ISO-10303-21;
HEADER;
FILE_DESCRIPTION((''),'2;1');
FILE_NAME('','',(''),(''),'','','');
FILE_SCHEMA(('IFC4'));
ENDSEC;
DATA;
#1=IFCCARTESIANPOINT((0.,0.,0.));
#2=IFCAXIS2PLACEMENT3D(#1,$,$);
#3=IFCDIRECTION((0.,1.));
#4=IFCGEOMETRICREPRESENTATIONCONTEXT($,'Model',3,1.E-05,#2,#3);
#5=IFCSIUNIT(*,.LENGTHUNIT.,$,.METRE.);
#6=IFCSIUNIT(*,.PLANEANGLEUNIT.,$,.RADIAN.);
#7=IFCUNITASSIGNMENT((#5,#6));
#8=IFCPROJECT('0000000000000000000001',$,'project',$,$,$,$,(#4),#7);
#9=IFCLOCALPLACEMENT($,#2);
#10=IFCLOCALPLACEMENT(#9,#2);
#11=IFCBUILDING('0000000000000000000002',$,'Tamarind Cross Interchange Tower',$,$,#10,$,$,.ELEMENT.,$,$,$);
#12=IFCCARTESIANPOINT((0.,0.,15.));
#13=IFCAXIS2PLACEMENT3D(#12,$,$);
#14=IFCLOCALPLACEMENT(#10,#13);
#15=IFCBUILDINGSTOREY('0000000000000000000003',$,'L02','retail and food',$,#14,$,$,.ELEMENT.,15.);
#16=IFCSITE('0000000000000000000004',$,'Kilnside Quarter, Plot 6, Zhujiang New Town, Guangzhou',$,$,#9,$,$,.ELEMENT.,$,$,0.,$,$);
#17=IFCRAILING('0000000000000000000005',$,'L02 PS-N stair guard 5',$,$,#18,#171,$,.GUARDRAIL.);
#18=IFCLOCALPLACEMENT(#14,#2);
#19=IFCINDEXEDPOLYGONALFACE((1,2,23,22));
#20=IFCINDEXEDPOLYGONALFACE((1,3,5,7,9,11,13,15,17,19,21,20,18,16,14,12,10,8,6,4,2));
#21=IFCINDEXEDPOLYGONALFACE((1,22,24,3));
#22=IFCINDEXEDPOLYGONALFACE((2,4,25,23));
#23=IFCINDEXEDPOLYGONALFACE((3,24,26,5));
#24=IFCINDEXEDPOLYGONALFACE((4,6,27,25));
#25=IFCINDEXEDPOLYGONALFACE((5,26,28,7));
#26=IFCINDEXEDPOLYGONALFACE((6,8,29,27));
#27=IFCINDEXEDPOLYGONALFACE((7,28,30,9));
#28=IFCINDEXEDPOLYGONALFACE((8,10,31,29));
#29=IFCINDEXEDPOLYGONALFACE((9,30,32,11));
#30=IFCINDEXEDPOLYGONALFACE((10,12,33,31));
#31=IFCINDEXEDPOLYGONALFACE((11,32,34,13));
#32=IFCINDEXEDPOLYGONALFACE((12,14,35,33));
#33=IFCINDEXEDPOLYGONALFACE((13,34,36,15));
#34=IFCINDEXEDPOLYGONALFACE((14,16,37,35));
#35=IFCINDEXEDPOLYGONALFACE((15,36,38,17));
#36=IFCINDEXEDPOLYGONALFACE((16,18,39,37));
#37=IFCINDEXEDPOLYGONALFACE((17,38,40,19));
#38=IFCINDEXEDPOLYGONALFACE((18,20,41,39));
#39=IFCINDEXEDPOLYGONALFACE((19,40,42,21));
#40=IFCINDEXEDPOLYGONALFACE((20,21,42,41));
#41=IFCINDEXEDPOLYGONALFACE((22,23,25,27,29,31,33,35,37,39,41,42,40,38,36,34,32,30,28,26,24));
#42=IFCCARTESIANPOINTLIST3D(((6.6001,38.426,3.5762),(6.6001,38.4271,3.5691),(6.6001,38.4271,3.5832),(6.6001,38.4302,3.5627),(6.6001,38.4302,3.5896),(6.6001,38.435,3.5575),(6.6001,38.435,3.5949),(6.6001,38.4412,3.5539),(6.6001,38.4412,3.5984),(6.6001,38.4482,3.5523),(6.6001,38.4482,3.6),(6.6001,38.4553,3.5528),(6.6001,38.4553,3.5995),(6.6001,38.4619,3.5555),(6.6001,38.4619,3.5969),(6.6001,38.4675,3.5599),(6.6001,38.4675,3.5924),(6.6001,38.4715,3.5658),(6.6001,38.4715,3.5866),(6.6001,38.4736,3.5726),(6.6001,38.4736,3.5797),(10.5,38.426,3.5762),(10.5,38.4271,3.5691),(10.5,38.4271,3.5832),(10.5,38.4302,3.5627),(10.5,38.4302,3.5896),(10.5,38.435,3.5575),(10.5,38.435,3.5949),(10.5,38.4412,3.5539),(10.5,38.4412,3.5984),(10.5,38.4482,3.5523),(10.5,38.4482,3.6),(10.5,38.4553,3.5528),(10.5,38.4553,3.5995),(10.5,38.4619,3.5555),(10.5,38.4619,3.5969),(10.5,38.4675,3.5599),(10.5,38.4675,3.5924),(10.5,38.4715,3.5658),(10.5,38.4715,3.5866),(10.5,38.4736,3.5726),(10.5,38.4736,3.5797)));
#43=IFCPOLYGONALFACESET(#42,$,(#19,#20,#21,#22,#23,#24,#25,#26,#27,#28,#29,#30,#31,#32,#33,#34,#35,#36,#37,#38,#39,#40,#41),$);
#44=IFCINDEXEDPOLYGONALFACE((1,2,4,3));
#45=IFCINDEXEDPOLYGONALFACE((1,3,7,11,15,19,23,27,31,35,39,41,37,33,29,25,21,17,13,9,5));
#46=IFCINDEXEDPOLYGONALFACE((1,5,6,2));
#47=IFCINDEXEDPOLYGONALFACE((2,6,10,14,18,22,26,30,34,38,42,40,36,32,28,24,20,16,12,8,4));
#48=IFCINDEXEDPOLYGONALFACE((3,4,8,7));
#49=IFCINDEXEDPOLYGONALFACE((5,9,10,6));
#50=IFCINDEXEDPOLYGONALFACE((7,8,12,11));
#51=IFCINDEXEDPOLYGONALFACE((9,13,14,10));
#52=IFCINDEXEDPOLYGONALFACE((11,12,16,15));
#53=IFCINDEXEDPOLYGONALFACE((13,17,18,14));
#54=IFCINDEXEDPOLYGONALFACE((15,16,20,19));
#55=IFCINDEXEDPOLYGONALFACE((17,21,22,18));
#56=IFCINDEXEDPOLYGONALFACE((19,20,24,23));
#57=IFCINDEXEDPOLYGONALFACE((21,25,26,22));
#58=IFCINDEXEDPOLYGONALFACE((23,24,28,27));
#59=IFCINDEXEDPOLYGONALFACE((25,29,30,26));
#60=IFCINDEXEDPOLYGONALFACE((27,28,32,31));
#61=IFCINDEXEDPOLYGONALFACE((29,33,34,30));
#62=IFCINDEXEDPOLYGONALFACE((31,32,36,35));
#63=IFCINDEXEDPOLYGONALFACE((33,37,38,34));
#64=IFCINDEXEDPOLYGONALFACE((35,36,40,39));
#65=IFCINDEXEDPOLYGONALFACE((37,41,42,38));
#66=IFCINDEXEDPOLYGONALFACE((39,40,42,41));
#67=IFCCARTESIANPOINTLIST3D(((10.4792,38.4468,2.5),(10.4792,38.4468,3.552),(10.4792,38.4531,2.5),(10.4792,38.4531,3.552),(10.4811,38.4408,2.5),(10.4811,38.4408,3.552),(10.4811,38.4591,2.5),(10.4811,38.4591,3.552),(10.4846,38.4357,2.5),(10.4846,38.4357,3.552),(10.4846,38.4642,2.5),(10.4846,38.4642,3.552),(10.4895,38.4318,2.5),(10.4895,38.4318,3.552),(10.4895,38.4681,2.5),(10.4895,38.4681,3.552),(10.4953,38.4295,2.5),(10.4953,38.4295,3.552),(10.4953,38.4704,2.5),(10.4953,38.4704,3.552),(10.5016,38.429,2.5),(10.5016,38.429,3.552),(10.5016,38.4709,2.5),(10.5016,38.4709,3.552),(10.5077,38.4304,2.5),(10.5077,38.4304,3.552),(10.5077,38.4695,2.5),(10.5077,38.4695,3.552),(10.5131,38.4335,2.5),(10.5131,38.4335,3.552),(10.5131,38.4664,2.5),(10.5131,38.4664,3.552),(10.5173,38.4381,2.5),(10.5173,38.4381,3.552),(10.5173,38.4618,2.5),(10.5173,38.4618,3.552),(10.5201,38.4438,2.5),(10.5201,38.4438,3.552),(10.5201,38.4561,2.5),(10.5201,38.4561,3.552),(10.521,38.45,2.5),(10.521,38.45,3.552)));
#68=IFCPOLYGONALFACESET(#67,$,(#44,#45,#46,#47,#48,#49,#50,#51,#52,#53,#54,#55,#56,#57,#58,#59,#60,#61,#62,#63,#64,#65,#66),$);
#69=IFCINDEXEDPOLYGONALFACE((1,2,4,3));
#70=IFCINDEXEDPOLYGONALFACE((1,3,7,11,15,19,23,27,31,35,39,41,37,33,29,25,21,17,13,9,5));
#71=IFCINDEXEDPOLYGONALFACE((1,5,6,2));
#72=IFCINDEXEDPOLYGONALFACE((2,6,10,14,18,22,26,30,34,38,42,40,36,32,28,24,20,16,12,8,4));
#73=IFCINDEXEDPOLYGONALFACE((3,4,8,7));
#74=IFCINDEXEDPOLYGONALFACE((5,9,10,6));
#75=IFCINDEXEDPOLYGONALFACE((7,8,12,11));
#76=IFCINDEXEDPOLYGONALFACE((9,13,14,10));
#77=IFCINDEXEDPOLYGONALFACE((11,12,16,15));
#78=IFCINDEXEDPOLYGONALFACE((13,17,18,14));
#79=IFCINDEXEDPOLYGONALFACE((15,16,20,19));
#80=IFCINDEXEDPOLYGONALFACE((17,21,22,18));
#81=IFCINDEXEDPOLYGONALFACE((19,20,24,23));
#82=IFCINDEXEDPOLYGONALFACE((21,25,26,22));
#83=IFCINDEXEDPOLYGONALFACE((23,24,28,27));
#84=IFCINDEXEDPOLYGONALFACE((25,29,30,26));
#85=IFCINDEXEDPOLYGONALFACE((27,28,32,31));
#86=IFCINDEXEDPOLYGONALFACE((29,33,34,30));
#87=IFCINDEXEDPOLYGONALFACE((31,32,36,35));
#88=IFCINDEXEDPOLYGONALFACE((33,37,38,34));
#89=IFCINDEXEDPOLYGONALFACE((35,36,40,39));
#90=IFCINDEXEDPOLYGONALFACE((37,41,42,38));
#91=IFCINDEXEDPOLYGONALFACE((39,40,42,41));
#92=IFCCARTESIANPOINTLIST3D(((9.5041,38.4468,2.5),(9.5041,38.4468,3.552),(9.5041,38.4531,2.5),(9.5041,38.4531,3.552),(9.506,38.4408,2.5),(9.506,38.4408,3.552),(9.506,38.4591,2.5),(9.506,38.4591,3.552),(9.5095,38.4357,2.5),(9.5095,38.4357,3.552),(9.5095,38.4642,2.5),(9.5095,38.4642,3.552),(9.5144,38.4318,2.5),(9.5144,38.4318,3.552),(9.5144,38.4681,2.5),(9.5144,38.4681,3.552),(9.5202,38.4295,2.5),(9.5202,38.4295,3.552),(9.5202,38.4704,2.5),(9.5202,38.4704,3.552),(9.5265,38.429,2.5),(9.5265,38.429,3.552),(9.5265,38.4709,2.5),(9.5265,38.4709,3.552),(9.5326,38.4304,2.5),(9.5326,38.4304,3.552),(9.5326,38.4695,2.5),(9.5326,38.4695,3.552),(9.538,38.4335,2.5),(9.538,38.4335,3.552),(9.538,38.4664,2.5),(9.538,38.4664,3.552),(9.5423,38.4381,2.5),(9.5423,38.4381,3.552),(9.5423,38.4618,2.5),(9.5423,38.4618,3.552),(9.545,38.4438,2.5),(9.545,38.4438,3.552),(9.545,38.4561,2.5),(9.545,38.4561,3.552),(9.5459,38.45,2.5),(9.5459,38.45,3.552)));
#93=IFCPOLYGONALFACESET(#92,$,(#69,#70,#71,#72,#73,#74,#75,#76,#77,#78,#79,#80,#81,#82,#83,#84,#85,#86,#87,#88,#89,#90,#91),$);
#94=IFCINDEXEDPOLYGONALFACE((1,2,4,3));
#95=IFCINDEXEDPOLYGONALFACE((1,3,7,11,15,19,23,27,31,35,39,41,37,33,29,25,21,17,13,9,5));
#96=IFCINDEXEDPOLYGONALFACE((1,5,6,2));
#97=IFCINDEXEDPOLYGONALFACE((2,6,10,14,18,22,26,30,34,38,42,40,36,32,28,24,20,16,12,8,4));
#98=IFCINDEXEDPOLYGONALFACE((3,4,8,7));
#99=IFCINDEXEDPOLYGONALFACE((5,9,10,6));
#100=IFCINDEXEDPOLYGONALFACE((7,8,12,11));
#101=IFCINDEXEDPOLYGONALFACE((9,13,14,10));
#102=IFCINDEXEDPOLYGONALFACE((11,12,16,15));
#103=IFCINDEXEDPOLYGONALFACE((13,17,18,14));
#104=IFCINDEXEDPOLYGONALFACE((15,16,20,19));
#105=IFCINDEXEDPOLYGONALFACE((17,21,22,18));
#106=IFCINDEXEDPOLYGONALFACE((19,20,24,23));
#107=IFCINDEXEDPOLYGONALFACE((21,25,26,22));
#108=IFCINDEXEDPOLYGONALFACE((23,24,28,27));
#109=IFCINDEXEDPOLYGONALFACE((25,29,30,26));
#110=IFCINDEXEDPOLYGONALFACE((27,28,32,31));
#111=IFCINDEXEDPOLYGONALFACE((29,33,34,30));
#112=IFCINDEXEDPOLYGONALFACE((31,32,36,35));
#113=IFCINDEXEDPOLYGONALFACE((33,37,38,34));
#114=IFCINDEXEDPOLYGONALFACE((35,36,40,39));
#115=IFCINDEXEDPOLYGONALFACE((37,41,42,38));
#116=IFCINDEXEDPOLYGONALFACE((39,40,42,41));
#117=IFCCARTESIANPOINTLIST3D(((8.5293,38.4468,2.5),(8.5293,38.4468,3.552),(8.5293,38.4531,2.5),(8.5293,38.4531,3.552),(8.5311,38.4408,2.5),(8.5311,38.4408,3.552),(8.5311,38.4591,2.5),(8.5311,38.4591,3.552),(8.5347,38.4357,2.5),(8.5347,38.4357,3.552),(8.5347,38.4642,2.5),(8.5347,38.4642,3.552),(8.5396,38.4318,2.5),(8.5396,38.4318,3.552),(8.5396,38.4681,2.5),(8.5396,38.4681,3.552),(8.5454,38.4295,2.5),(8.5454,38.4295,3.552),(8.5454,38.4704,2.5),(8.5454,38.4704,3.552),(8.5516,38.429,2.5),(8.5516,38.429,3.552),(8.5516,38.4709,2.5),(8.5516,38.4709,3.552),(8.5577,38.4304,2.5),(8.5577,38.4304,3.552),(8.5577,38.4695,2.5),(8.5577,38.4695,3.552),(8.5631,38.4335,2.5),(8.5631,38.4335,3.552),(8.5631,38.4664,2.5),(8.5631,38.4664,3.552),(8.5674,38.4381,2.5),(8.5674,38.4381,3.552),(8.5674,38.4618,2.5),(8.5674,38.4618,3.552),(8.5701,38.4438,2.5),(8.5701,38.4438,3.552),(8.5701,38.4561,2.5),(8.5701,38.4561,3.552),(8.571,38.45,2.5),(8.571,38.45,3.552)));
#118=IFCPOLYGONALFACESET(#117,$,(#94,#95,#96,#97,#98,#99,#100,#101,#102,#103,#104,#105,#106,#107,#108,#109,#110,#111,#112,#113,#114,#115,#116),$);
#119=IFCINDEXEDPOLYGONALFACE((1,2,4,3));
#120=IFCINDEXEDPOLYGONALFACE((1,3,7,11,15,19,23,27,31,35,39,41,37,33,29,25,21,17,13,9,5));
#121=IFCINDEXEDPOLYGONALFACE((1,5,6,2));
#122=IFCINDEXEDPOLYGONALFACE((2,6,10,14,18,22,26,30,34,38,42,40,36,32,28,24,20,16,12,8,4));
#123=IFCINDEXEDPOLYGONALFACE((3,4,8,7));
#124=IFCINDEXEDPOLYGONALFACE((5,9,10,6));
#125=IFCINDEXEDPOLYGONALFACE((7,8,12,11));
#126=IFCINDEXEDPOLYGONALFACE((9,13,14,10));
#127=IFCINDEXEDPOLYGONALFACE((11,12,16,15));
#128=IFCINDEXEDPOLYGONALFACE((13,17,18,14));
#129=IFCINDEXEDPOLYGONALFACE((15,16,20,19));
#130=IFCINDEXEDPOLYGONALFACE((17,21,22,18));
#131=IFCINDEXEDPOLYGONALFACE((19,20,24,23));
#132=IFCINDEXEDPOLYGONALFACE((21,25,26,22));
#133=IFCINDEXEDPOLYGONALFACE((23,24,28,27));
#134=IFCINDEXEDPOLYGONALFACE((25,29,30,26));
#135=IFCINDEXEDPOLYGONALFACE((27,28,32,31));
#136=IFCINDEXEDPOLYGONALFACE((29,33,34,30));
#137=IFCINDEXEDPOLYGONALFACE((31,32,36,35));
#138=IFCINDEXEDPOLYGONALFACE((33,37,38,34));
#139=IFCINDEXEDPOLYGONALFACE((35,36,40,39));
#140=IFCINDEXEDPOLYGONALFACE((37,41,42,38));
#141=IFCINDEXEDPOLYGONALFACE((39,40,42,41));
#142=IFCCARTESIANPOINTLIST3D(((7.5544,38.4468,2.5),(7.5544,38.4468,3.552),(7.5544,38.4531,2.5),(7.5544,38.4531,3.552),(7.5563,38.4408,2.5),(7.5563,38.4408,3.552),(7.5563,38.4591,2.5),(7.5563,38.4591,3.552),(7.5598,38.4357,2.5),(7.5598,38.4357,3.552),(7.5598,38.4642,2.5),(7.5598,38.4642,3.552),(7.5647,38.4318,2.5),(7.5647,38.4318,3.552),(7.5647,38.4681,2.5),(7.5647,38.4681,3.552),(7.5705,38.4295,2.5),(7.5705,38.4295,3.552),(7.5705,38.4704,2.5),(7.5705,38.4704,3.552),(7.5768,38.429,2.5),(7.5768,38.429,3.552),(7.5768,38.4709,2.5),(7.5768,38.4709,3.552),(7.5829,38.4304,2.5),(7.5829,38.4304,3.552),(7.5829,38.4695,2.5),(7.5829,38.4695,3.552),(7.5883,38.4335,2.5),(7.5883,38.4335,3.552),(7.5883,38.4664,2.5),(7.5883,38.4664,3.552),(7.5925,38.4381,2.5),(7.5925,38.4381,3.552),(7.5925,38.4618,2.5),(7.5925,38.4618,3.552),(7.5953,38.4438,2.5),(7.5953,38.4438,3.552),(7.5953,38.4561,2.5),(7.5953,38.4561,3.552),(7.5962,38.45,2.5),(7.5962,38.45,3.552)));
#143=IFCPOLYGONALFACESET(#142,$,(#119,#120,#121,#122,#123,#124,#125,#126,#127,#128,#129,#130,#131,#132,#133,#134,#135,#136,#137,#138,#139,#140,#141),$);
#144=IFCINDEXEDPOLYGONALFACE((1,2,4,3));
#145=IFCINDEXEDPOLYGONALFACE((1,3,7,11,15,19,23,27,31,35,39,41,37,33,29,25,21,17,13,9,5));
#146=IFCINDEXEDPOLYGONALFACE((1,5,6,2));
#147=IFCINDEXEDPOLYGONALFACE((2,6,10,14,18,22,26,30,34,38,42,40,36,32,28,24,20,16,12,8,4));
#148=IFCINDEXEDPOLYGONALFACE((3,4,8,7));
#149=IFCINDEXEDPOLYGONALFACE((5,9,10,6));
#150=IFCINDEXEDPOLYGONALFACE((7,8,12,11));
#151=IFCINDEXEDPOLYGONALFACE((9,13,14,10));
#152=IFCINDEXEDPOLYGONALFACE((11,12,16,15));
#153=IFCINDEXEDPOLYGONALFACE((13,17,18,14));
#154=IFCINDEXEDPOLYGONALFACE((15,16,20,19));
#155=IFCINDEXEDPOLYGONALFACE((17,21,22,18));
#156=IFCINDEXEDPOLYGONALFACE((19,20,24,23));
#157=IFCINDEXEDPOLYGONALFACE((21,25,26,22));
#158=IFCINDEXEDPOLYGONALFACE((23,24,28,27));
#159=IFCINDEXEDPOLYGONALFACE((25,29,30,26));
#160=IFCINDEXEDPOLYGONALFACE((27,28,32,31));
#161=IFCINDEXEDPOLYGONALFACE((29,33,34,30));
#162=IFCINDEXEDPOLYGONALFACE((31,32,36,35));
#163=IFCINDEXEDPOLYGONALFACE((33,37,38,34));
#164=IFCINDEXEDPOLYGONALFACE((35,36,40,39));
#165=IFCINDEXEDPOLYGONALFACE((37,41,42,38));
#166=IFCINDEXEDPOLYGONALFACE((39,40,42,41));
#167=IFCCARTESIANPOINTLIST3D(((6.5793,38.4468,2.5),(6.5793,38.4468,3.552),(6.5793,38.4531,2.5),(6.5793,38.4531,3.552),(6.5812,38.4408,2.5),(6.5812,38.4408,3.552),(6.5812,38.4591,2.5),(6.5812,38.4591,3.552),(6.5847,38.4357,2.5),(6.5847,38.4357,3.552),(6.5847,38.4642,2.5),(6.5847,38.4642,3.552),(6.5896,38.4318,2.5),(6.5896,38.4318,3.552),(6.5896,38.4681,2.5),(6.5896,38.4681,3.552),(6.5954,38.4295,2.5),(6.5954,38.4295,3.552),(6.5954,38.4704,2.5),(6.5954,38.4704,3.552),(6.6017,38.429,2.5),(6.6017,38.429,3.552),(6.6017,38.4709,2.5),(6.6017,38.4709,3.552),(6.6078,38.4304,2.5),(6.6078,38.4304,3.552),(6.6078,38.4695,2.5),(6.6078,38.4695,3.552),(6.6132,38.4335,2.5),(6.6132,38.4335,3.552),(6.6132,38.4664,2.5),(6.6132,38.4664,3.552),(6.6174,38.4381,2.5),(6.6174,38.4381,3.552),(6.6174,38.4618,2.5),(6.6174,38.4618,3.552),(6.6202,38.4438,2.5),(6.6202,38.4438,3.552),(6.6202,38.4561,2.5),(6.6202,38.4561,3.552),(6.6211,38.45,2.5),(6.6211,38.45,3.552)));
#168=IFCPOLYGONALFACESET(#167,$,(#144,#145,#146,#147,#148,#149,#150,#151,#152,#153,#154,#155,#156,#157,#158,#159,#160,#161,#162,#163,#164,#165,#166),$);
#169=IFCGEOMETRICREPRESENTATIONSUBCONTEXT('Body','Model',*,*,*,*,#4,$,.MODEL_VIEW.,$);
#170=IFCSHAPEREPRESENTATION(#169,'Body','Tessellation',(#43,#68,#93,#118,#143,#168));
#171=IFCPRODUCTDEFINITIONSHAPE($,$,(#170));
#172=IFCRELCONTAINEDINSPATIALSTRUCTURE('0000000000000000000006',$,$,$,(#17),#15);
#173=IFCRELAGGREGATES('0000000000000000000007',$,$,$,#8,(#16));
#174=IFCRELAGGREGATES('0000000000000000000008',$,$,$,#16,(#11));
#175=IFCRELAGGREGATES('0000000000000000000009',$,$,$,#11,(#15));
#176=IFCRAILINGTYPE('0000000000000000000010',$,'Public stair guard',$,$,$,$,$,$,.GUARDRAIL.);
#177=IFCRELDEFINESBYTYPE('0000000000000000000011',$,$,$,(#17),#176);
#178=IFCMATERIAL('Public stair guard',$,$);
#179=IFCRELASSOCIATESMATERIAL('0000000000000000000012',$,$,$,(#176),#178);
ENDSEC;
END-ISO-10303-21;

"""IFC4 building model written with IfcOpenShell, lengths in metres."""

from ifc_helpers import new_model, si_unit, direction, frame, origin, origin_2d, place, context, subcontext, project, spatial, circle, extrude, material, type_object, element, save


model = new_model("IFC4")

# Units and contexts
model_context = context("Model", 3, precision=1e-05, world=origin(), true_north=direction((0.0, 1.0)))
body_context = subcontext(model_context, "Body", "Model", "MODEL_VIEW")
ifc_project = project(units=[si_unit("LENGTHUNIT", "METRE"), si_unit("PLANEANGLEUNIT", "RADIAN")], contexts=[model_context])

# Site, building, storey
site_placement = place(None, origin())
site = spatial("IfcSite", under=ifc_project, at=site_placement, Name="Kilnside Quarter, Plot 6, Zhujiang New Town, Guangzhou", CompositionType="ELEMENT", RefElevation=0.0)
building_placement = place(site_placement, origin())
building = spatial("IfcBuilding", under=site, at=building_placement, Name="Tamarind Cross Interchange Tower", CompositionType="ELEMENT")
storey_placement = place(building_placement, frame((0.0, 0.0, 15.0)))
storey = spatial("IfcBuildingStorey", under=building, at=storey_placement, Name="L02", Description="retail and food", CompositionType="ELEMENT", Elevation=15.0)

# Railing
ifc_material_1 = material(Name="Public stair guard")
railing_type_1 = type_object("IfcRailingType", Name="Public stair guard", PredefinedType="GUARDRAIL", material=ifc_material_1)
railing_1_placement = place(storey_placement, frame((10.5, 38.45, 2.5)))
element("IfcRailing", 1, at=railing_1_placement, inside=storey, type_object=railing_type_1, Name="L02 PS-N stair guard 5", PredefinedType="GUARDRAIL", context=body_context, shape_type="SweptSolid", body=[
    extrude(circle(Radius=0.0239, at=origin_2d()), frame((0.0, 0.0, 1.0762), z_axis=(-1.0, 0.0, 0.0), x_axis=(0.0, -1.0, 0.0)), (0.0, 0.0, 1.0), 3.8999),
    extrude(circle(Radius=0.021, at=origin_2d()), origin(), (0.0, 0.0, 1.0), 1.052),
    extrude(circle(Radius=0.021, at=origin_2d()), frame((-0.9751, 0.0, 0.0)), (0.0, 0.0, 1.0), 1.052),
    extrude(circle(Radius=0.021, at=origin_2d()), frame((-1.95, 0.0, 0.0)), (0.0, 0.0, 1.0), 1.052),
    extrude(circle(Radius=0.021, at=origin_2d()), frame((-2.9248, 0.0, 0.0)), (0.0, 0.0, 1.0), 1.052),
    extrude(circle(Radius=0.021, at=origin_2d()), frame((-3.8999, 0.0, 0.0)), (0.0, 0.0, 1.0), 1.052),
])

save(model, "model.ifc")
